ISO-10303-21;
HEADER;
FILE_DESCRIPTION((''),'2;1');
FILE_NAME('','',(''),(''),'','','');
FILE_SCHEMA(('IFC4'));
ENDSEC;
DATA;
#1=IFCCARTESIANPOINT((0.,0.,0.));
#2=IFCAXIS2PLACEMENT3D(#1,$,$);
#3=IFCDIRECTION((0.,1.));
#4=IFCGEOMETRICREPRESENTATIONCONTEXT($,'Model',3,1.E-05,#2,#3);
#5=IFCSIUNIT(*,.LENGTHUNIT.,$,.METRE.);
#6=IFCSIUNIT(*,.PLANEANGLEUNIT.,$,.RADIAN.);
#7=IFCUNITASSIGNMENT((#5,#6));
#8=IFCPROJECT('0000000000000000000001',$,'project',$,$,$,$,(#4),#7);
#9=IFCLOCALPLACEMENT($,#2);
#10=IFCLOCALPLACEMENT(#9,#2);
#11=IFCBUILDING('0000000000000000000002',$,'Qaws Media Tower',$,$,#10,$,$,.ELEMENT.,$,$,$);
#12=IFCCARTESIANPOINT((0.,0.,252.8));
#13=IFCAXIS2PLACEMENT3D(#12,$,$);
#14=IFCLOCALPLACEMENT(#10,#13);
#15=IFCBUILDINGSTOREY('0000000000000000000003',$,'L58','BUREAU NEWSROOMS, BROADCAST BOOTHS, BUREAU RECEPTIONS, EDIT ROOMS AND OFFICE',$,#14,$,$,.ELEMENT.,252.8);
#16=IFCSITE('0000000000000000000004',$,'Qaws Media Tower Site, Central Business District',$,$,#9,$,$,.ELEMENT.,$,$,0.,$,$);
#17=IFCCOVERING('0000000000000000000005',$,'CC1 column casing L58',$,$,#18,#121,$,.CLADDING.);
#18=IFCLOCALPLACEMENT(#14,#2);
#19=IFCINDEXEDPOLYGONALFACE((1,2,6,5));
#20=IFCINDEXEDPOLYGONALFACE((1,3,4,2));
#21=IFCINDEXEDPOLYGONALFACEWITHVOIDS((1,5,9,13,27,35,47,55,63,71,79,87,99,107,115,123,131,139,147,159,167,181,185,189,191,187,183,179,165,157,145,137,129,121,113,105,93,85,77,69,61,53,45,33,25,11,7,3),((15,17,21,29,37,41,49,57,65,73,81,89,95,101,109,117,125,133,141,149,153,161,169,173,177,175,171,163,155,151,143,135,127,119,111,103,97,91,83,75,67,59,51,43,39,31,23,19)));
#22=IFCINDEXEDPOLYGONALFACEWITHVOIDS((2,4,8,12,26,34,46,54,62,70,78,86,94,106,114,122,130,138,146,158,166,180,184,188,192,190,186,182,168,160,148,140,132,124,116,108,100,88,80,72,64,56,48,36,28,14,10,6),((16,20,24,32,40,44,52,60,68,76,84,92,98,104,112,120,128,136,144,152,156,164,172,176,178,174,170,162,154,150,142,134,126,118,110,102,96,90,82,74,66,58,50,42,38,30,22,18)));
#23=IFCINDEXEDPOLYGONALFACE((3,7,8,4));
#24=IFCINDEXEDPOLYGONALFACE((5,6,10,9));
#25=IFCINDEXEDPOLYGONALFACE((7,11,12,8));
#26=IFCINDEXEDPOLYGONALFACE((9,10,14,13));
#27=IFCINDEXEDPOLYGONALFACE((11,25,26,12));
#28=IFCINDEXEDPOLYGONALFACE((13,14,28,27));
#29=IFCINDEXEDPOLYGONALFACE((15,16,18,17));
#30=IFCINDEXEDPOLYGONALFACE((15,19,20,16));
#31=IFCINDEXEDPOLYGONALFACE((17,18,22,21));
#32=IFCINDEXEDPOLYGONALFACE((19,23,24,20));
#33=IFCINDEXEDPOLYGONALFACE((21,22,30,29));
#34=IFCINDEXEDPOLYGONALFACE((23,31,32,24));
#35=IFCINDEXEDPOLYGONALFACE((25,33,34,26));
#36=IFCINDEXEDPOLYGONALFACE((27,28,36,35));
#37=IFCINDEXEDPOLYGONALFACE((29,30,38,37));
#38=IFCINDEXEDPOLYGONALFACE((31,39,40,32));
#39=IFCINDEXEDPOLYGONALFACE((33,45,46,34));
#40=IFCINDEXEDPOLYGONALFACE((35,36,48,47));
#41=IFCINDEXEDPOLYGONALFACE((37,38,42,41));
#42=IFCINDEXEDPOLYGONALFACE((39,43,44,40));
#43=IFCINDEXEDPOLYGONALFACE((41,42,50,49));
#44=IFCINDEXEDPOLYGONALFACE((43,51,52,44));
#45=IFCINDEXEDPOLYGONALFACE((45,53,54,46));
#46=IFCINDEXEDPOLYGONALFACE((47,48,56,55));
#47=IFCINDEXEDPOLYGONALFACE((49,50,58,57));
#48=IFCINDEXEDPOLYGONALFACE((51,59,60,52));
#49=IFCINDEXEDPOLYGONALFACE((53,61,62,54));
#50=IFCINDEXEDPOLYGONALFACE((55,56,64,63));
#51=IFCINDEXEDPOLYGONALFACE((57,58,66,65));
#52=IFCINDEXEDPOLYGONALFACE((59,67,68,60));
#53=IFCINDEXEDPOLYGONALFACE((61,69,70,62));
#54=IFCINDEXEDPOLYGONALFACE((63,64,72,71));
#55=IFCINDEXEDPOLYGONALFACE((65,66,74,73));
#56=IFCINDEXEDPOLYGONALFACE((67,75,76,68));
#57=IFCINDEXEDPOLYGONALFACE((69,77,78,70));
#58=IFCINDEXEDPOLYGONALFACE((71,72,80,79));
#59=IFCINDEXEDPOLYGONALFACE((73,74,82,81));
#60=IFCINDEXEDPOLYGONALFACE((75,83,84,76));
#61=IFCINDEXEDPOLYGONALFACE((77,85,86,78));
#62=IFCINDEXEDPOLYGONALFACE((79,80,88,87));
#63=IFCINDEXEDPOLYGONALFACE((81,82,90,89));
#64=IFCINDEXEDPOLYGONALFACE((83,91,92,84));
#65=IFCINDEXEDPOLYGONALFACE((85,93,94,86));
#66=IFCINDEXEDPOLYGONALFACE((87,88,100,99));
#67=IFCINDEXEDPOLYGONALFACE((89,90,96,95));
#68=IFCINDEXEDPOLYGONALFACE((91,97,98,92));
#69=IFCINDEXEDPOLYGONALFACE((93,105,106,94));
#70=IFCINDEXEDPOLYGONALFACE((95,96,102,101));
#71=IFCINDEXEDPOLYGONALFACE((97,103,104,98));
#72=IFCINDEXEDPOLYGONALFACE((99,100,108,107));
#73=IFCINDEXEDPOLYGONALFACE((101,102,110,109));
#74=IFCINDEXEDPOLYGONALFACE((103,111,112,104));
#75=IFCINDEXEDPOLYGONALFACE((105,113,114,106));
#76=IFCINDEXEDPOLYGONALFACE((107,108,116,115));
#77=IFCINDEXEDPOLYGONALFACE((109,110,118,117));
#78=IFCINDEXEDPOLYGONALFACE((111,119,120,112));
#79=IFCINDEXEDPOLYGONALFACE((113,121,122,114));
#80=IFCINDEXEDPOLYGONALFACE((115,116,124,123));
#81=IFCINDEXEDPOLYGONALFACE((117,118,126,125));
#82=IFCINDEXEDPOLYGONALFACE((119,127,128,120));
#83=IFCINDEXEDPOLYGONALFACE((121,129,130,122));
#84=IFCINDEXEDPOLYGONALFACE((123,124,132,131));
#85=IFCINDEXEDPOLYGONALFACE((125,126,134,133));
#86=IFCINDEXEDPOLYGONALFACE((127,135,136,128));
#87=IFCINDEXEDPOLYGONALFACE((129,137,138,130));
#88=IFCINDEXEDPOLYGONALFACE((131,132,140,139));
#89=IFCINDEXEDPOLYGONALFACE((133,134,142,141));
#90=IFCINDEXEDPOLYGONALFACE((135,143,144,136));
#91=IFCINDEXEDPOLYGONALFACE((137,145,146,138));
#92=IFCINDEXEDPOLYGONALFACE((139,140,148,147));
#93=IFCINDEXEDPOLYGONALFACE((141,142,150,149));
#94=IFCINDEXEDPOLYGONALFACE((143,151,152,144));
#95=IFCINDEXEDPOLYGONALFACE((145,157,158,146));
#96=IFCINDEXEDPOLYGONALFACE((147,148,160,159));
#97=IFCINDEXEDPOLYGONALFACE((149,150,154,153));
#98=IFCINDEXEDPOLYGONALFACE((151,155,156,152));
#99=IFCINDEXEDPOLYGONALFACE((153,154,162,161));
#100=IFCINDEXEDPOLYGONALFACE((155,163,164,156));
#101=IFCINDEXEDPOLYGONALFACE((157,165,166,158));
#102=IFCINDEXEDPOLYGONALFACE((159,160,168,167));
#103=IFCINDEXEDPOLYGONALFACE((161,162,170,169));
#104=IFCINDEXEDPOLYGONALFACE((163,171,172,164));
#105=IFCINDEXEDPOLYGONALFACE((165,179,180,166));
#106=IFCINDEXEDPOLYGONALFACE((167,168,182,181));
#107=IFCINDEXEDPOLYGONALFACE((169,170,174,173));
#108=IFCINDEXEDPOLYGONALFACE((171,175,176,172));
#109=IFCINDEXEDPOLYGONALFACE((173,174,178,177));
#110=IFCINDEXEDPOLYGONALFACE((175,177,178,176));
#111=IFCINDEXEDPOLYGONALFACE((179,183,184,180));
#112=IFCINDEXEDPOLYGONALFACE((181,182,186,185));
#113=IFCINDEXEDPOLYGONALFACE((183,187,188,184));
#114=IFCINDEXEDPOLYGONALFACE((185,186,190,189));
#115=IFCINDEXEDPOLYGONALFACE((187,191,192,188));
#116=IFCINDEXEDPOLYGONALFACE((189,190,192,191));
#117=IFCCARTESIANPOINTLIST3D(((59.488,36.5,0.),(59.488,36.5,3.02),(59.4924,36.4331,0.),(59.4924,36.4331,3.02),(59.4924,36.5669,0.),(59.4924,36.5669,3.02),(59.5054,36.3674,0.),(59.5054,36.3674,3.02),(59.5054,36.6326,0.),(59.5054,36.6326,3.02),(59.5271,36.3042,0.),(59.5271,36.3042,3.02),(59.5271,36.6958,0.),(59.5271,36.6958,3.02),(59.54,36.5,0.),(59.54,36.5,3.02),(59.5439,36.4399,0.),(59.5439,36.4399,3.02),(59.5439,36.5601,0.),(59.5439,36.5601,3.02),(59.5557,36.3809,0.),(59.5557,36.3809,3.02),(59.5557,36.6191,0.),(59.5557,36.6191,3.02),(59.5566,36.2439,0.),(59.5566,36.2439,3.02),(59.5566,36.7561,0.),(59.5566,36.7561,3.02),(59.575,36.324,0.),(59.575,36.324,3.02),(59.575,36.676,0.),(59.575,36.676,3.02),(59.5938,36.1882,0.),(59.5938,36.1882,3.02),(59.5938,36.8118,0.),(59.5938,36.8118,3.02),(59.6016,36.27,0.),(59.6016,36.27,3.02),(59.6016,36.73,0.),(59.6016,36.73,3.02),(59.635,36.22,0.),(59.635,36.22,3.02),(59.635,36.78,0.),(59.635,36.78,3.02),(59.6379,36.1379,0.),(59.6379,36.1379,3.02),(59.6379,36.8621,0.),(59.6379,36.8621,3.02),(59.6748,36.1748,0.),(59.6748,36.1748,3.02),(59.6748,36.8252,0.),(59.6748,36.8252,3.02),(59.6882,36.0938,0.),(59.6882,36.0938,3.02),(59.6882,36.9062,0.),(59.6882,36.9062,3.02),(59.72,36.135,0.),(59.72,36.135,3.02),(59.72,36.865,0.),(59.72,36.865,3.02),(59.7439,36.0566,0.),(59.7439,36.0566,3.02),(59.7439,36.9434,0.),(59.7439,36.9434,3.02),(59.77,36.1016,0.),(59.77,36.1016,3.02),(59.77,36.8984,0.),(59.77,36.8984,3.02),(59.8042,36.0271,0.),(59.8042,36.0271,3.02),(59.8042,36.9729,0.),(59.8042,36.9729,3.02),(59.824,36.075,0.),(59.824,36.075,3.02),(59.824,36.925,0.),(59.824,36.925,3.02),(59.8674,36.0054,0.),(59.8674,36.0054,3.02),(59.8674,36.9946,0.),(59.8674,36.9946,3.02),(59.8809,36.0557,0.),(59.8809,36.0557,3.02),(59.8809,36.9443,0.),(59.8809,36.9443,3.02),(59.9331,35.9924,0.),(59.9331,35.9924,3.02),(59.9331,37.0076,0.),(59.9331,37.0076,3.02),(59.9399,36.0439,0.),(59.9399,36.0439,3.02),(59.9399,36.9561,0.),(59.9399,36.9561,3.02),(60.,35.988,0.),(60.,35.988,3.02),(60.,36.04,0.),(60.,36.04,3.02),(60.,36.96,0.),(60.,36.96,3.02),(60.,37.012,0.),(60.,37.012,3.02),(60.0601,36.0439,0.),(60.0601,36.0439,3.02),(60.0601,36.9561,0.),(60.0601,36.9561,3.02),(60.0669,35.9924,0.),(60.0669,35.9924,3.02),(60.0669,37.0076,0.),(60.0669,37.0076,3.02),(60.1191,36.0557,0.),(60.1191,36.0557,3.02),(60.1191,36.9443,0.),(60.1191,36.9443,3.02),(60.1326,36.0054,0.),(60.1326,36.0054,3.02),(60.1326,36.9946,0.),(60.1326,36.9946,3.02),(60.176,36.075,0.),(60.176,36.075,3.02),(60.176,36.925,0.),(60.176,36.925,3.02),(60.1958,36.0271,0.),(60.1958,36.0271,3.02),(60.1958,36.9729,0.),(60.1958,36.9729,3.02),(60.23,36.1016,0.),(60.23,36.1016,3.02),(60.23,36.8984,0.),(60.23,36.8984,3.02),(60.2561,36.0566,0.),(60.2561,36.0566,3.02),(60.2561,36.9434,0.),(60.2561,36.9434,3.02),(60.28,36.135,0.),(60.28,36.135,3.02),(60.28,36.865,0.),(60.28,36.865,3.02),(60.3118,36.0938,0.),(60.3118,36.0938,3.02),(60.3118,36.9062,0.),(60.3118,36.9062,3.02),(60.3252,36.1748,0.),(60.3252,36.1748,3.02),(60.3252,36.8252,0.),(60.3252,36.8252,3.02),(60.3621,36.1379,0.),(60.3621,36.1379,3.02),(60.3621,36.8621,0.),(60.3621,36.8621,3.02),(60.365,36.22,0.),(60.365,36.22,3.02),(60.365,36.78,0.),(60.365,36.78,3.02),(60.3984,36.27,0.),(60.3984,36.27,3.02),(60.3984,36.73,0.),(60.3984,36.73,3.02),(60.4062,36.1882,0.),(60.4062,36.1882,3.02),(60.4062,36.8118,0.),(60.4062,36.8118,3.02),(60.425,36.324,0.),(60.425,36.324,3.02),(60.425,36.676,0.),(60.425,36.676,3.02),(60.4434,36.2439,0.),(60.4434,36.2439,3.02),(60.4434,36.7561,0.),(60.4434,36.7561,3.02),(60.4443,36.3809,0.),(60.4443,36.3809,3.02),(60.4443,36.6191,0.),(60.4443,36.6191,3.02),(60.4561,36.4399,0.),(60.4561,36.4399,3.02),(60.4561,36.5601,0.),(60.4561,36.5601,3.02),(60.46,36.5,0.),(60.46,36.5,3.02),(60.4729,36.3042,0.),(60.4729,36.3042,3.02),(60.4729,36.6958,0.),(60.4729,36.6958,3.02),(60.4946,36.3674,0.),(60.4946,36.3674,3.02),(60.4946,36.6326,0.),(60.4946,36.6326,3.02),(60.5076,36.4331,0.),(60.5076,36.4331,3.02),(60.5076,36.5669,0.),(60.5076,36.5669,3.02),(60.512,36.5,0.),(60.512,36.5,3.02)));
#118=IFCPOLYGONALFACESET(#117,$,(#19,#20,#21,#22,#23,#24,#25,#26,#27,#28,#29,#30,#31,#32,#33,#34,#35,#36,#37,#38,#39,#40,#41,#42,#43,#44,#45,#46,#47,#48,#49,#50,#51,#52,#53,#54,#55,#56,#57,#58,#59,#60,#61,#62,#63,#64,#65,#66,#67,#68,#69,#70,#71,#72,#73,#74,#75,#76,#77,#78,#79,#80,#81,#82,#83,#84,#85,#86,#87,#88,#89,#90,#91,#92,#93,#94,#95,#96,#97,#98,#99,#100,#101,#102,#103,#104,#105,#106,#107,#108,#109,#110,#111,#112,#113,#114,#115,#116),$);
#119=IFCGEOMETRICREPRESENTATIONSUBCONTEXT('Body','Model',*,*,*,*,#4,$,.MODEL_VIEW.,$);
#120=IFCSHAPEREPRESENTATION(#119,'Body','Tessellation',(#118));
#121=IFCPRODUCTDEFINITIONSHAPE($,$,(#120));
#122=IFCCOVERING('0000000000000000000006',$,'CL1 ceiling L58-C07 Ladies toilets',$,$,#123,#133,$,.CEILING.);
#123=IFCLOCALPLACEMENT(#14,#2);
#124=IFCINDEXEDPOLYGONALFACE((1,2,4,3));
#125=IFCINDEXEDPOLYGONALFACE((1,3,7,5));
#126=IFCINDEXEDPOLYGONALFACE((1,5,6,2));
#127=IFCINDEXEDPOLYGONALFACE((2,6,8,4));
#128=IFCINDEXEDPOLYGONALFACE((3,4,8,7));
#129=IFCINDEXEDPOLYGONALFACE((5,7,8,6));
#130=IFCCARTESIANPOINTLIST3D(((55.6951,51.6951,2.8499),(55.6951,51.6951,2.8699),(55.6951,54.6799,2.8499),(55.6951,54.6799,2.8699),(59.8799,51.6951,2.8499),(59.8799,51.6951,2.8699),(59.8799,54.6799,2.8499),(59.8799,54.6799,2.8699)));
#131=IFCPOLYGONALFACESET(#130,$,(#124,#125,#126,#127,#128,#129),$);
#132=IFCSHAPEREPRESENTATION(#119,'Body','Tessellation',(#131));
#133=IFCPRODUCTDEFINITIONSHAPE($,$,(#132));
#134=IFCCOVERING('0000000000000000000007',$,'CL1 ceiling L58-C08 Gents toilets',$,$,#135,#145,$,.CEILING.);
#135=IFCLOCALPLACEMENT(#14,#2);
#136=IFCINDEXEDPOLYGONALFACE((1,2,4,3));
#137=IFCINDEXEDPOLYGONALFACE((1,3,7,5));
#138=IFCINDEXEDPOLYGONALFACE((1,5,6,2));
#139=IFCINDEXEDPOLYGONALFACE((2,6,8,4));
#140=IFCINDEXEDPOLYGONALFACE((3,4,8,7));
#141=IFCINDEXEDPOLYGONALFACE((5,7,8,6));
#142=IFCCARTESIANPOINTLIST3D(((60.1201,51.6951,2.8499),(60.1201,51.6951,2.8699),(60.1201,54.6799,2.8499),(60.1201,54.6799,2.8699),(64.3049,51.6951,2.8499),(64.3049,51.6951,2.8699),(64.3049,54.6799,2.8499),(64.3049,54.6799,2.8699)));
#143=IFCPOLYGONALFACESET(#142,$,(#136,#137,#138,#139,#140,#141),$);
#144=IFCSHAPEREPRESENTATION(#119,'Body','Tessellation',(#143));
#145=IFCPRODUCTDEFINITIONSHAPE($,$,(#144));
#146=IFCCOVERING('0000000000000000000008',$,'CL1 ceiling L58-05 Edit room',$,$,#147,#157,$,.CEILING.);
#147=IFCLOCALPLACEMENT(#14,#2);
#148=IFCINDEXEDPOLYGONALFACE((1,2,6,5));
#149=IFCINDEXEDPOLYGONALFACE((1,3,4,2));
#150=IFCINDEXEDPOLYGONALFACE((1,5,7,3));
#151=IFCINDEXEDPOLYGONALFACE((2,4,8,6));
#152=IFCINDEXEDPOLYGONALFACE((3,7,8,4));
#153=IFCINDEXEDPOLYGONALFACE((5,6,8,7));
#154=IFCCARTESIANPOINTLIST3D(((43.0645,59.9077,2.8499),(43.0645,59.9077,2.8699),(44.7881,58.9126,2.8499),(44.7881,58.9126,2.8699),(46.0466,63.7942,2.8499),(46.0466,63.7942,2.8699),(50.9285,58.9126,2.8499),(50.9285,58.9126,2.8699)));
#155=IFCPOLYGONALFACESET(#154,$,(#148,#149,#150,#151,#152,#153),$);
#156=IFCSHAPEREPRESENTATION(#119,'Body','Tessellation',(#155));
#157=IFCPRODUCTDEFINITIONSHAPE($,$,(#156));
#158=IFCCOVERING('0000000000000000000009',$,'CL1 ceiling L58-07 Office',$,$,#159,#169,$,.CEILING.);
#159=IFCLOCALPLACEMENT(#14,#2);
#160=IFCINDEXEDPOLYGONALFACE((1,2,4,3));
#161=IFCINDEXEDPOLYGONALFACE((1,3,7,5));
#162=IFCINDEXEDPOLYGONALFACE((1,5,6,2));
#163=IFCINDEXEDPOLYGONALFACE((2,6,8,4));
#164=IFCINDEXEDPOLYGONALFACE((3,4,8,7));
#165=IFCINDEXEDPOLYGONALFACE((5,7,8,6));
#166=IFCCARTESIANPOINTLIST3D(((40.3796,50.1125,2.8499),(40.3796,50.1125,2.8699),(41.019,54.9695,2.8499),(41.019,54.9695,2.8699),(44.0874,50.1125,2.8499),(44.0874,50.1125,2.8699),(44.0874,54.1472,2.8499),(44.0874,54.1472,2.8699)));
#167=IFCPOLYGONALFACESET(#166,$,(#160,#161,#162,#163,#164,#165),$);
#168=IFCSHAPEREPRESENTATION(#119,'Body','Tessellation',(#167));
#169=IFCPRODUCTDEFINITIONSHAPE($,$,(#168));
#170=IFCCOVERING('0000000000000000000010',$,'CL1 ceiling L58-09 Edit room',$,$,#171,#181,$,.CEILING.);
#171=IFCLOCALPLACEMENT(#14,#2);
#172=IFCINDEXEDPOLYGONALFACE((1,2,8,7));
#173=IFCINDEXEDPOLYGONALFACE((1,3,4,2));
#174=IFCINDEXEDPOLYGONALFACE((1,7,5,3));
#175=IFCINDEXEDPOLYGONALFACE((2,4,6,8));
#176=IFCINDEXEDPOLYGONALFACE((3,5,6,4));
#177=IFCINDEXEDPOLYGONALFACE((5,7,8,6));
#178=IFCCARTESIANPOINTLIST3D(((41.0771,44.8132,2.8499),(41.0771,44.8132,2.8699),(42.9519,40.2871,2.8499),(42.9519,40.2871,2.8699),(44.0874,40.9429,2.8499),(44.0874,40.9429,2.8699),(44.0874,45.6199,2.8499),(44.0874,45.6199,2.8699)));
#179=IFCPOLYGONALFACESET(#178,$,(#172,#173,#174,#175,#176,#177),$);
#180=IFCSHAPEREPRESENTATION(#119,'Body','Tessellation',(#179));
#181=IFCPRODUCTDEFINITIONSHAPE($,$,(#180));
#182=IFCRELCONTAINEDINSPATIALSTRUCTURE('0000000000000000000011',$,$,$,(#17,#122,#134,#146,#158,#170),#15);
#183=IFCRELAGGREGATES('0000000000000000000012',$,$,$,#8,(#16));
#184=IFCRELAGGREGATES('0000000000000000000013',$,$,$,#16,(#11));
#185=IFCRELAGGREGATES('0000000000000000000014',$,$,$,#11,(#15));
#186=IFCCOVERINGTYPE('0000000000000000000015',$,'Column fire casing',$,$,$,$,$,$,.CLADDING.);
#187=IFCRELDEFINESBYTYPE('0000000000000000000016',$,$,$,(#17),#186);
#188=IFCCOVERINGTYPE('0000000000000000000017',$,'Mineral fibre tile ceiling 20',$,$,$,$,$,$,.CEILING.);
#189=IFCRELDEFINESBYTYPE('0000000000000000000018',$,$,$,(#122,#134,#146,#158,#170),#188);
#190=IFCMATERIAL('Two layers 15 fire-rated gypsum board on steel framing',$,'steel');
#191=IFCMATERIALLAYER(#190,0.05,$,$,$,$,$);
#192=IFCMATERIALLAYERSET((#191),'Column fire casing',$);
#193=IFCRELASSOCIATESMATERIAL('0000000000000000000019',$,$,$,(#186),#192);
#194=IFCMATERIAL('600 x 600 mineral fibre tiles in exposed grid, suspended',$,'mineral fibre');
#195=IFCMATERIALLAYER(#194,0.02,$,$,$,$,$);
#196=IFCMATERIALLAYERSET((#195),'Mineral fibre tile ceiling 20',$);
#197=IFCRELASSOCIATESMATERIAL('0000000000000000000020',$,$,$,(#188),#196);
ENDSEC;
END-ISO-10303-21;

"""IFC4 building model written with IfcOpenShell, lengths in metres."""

from ifc_helpers import new_model, si_unit, direction, frame, origin, place, context, subcontext, project, spatial, polyline, outline, extrude, material, layer, layer_set, type_object, element, save


model = new_model("IFC4")

# Units and contexts
model_context = context("Model", 3, precision=1e-05, world=origin(), true_north=direction((0.0, 1.0)))
body_context = subcontext(model_context, "Body", "Model", "MODEL_VIEW")
ifc_project = project(units=[si_unit("LENGTHUNIT", "METRE"), si_unit("PLANEANGLEUNIT", "RADIAN")], contexts=[model_context])

# Site, building, storey
site_placement = place(None, origin())
site = spatial("IfcSite", under=ifc_project, at=site_placement, Name="Qaws Media Tower Site, Central Business District", CompositionType="ELEMENT", RefElevation=0.0)
building_placement = place(site_placement, origin())
building = spatial("IfcBuilding", under=site, at=building_placement, Name="Qaws Media Tower", CompositionType="ELEMENT")
storey_placement = place(building_placement, frame((0.0, 0.0, 252.8)))
storey = spatial("IfcBuildingStorey", under=building, at=storey_placement, Name="L58", Description="BUREAU NEWSROOMS, BROADCAST BOOTHS, BUREAU RECEPTIONS, EDIT ROOMS AND OFFICE", CompositionType="ELEMENT", Elevation=252.8)

# Coverings
ifc_material_1 = material(Name="Two layers 15 fire-rated gypsum board on steel framing", Category="steel")
ifc_layer_1 = layer(ifc_material_1, 0.05)
ifc_layer_set_1 = layer_set([ifc_layer_1], Name="Column fire casing")
covering_type_1 = type_object("IfcCoveringType", Name="Column fire casing", PredefinedType="CLADDING", material=ifc_layer_set_1)
covering_1_placement = place(storey_placement, origin())
element("IfcCovering", 1, at=covering_1_placement, inside=storey, type_object=covering_type_1, Name="CC1 column casing L58", PredefinedType="CLADDING", context=body_context, shape_type="SweptSolid", body=[
    extrude(outline(polyline([(60.512, 36.5), (60.5076, 36.4331), (60.4946, 36.3674), (60.4729, 36.3042), (60.4434, 36.2439), (60.4062, 36.1882), (60.3621, 36.1379), (60.3118, 36.0938), (60.2561, 36.0566), (60.1958, 36.0271), (60.1326, 36.0054), (60.0669, 35.9924), (60.0, 35.988), (59.9331, 35.9924), (59.8674, 36.0054), (59.8042, 36.0271), (59.7439, 36.0566), (59.6882, 36.0938), (59.6379, 36.1379), (59.5938, 36.1882), (59.5566, 36.2439), (59.5271, 36.3042), (59.5054, 36.3674), (59.4924, 36.4331), (59.488, 36.5), (59.4924, 36.5669), (59.5054, 36.6326), (59.5271, 36.6958), (59.5566, 36.7561), (59.5938, 36.8118), (59.6379, 36.8621), (59.6882, 36.9062), (59.7439, 36.9434), (59.8042, 36.9729), (59.8674, 36.9946), (59.9331, 37.0076), (60.0, 37.012), (60.0669, 37.0076), (60.1326, 36.9946), (60.1958, 36.9729), (60.2561, 36.9434), (60.3118, 36.9062), (60.3621, 36.8621), (60.4062, 36.8118), (60.4434, 36.7561), (60.4729, 36.6958), (60.4946, 36.6326), (60.5076, 36.5669), (60.512, 36.5)]), holes=[polyline([(60.46, 36.5), (60.4561, 36.4399), (60.4443, 36.3809), (60.425, 36.324), (60.3984, 36.27), (60.365, 36.22), (60.3252, 36.1748), (60.28, 36.135), (60.23, 36.1016), (60.176, 36.075), (60.1191, 36.0557), (60.0601, 36.0439), (60.0, 36.04), (59.9399, 36.0439), (59.8809, 36.0557), (59.824, 36.075), (59.77, 36.1016), (59.72, 36.135), (59.6748, 36.1748), (59.635, 36.22), (59.6016, 36.27), (59.575, 36.324), (59.5557, 36.3809), (59.5439, 36.4399), (59.54, 36.5), (59.5439, 36.5601), (59.5557, 36.6191), (59.575, 36.676), (59.6016, 36.73), (59.635, 36.78), (59.6748, 36.8252), (59.72, 36.865), (59.77, 36.8984), (59.824, 36.925), (59.8809, 36.9443), (59.9399, 36.9561), (60.0, 36.96), (60.0601, 36.9561), (60.1191, 36.9443), (60.176, 36.925), (60.23, 36.8984), (60.28, 36.865), (60.3252, 36.8252), (60.365, 36.78), (60.3984, 36.73), (60.425, 36.676), (60.4443, 36.6191), (60.4561, 36.5601), (60.46, 36.5)])]), origin(), (0.0, 0.0, 1.0), 3.02),
])
ifc_material_2 = material(Name="600 x 600 mineral fibre tiles in exposed grid, suspended", Category="mineral fibre")
ifc_layer_2 = layer(ifc_material_2, 0.02)
ifc_layer_set_2 = layer_set([ifc_layer_2], Name="Mineral fibre tile ceiling 20")
covering_type_2 = type_object("IfcCoveringType", Name="Mineral fibre tile ceiling 20", PredefinedType="CEILING", material=ifc_layer_set_2)
covering_2_placement = place(storey_placement, frame((0.0, 0.0, 2.8499)))
element("IfcCovering", 2, at=covering_2_placement, inside=storey, type_object=covering_type_2, Name="CL1 ceiling L58-C07 Ladies toilets", PredefinedType="CEILING", context=body_context, shape_type="SweptSolid", body=[
    extrude(outline(polyline([(55.6951, 51.6951), (55.6951, 54.6799), (59.8799, 54.6799), (59.8799, 51.6951), (55.6951, 51.6951)])), origin(), (0.0, 0.0, 1.0), 0.02),
])
covering_3_placement = place(storey_placement, frame((0.0, 0.0, 2.8499)))
element("IfcCovering", 3, at=covering_3_placement, inside=storey, type_object=covering_type_2, Name="CL1 ceiling L58-C08 Gents toilets", PredefinedType="CEILING", context=body_context, shape_type="SweptSolid", body=[
    extrude(outline(polyline([(60.1201, 51.6951), (60.1201, 54.6799), (64.3049, 54.6799), (64.3049, 51.6951), (60.1201, 51.6951)])), origin(), (0.0, 0.0, 1.0), 0.02),
])
covering_4_placement = place(storey_placement, frame((0.0, 0.0, 2.8499)))
element("IfcCovering", 4, at=covering_4_placement, inside=storey, type_object=covering_type_2, Name="CL1 ceiling L58-05 Edit room", PredefinedType="CEILING", context=body_context, shape_type="SweptSolid", body=[
    extrude(outline(polyline([(46.0466, 63.7942), (50.9285, 58.9126), (44.7881, 58.9126), (43.0645, 59.9077), (46.0466, 63.7942)])), origin(), (0.0, 0.0, 1.0), 0.02),
])
covering_5_placement = place(storey_placement, frame((0.0, 0.0, 2.8499)))
element("IfcCovering", 5, at=covering_5_placement, inside=storey, type_object=covering_type_2, Name="CL1 ceiling L58-07 Office", PredefinedType="CEILING", context=body_context, shape_type="SweptSolid", body=[
    extrude(outline(polyline([(41.019, 54.9695), (44.0874, 54.1472), (44.0874, 50.1125), (40.3796, 50.1125), (41.019, 54.9695)])), origin(), (0.0, 0.0, 1.0), 0.02),
])
covering_6_placement = place(storey_placement, frame((0.0, 0.0, 2.8499)))
element("IfcCovering", 6, at=covering_6_placement, inside=storey, type_object=covering_type_2, Name="CL1 ceiling L58-09 Edit room", PredefinedType="CEILING", context=body_context, shape_type="SweptSolid", body=[
    extrude(outline(polyline([(41.0771, 44.8132), (44.0874, 45.6199), (44.0874, 40.9429), (42.9519, 40.2871), (41.0771, 44.8132)])), origin(), (0.0, 0.0, 1.0), 0.02),
])

save(model, "model.ifc")
